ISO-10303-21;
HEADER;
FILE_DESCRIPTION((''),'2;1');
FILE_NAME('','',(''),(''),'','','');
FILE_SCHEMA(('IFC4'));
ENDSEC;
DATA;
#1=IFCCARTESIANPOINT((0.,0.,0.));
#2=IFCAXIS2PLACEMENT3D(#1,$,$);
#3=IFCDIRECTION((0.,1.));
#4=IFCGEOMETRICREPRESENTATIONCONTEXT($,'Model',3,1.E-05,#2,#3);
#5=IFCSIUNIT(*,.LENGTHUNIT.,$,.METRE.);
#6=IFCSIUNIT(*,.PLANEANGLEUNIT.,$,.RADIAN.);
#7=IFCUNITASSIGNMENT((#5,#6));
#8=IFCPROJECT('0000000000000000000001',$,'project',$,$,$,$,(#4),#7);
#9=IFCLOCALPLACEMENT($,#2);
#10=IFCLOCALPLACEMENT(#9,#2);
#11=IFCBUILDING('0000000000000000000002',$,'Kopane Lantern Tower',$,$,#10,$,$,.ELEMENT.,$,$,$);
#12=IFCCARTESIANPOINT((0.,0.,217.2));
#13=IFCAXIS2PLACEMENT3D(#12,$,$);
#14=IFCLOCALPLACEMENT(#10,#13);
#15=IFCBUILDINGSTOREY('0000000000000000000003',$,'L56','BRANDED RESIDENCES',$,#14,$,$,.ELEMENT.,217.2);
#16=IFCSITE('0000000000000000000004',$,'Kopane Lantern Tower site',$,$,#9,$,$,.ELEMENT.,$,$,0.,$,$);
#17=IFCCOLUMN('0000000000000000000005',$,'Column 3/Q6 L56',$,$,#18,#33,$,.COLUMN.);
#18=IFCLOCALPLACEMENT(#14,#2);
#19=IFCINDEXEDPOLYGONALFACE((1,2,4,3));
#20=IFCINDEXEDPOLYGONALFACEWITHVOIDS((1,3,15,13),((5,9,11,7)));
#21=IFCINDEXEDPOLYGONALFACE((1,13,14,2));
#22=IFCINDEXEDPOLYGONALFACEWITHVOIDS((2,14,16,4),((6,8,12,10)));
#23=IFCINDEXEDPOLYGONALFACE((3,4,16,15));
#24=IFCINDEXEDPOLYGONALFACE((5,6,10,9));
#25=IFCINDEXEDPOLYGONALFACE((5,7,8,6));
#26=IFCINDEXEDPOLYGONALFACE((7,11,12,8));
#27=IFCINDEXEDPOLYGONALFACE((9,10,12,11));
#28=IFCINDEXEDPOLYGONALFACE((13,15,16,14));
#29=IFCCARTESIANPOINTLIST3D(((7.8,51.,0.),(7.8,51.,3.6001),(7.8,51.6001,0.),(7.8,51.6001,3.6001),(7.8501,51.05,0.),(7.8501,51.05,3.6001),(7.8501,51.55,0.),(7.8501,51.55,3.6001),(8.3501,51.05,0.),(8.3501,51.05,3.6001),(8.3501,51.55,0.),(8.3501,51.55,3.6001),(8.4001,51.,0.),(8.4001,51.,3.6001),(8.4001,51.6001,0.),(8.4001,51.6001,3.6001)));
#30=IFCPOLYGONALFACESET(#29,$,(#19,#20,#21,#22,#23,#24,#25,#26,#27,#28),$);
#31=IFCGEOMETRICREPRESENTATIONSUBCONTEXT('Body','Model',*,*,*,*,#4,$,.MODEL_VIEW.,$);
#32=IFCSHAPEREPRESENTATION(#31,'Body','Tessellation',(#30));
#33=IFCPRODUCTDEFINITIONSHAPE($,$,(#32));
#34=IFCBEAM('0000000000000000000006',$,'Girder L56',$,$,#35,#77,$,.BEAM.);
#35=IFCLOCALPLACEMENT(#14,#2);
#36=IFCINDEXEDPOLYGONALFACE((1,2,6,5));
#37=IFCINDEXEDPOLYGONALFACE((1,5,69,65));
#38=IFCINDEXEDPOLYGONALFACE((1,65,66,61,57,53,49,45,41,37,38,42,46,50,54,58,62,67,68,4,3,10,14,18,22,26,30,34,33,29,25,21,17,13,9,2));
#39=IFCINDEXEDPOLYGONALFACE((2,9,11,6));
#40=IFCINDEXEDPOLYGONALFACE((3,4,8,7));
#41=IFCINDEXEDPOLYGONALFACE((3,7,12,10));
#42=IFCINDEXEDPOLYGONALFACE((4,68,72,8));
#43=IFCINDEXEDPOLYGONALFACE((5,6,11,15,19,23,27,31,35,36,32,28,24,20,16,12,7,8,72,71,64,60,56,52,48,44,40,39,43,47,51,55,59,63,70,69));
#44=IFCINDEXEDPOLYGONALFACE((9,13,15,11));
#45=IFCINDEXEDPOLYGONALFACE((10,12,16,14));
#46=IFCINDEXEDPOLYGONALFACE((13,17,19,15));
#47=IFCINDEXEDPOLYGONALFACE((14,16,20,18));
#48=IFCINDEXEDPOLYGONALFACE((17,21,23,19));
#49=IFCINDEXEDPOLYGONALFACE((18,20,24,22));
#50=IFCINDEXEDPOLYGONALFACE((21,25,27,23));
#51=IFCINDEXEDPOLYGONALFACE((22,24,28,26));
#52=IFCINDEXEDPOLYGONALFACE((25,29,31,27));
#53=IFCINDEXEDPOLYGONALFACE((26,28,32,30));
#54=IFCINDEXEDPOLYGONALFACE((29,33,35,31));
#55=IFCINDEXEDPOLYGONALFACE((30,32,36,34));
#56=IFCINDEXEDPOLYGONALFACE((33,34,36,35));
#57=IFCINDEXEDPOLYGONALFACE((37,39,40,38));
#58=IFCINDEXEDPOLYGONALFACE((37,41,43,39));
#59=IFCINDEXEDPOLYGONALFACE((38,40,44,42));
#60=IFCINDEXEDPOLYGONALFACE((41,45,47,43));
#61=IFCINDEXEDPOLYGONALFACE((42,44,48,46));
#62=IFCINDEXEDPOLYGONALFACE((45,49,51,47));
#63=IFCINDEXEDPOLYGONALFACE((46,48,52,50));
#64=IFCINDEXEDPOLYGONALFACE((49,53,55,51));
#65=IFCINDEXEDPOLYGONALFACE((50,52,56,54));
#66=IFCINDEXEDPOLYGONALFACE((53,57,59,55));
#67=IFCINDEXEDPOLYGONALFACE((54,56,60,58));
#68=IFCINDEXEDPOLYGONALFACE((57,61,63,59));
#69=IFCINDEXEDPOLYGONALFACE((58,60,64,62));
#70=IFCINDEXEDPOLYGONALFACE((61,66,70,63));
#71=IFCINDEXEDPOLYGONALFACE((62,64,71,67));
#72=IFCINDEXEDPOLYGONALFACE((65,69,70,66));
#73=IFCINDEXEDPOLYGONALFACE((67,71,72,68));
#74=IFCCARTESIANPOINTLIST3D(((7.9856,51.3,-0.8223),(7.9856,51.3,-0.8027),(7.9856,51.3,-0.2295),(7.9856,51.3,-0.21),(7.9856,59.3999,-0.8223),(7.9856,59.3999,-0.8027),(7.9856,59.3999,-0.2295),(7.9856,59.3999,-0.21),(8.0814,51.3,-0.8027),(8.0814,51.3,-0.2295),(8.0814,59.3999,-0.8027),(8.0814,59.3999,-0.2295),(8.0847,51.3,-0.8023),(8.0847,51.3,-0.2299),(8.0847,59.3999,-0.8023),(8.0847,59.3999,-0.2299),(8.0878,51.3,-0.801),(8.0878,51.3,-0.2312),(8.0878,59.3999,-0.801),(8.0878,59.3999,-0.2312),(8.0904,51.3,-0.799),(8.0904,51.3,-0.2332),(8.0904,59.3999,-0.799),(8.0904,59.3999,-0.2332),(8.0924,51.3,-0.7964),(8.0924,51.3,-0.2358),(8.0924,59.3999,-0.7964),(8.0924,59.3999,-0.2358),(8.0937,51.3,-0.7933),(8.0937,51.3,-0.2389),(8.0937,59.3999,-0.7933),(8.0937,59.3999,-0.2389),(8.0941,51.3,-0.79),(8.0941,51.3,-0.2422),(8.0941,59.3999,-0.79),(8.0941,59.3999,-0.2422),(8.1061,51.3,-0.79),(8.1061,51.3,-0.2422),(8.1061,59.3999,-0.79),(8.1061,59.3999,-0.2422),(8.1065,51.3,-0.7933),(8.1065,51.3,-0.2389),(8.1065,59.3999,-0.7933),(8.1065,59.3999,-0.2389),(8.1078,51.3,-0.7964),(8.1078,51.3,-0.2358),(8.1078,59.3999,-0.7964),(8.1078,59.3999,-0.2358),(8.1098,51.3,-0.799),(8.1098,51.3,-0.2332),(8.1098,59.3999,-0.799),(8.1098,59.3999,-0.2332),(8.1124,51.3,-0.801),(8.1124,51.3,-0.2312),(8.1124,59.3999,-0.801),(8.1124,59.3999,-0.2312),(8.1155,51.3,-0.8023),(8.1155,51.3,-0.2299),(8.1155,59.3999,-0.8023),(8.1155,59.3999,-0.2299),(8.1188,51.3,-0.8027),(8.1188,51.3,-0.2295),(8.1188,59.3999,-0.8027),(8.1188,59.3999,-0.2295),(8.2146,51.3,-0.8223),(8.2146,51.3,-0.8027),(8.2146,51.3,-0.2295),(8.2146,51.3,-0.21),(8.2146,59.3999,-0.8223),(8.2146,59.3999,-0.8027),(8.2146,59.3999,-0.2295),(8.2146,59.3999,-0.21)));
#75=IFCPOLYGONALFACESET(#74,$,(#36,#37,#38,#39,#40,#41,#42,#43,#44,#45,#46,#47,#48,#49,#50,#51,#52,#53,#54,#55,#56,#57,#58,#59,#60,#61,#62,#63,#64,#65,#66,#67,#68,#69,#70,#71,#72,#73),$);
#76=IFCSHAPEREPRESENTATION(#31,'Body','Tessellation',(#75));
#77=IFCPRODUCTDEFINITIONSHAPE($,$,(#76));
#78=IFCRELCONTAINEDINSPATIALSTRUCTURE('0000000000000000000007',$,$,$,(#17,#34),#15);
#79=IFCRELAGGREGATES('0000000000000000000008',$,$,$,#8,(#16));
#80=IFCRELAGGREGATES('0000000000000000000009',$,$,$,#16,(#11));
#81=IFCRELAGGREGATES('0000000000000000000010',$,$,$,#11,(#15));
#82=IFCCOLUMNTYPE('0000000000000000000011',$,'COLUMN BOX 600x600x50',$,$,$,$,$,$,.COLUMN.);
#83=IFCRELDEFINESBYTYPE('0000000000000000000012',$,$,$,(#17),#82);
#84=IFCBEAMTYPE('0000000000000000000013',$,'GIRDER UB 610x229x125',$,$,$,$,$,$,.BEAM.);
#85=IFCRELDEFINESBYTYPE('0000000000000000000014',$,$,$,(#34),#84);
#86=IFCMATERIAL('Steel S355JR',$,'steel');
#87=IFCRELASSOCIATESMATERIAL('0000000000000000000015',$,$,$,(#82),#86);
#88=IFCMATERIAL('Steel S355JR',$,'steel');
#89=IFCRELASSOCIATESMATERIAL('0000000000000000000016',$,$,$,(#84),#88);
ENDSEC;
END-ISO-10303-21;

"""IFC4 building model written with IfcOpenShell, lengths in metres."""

from ifc_helpers import new_model, si_unit, direction, frame, origin, origin_2d, place, context, subcontext, project, spatial, hollow_rectangle, i_section, extrude, material, material_profile, profile_set, type_object, element, save


model = new_model("IFC4")

# Units and contexts
model_context = context("Model", 3, precision=1e-05, world=origin(), true_north=direction((0.0, 1.0)))
body_context = subcontext(model_context, "Body", "Model", "MODEL_VIEW")
ifc_project = project(units=[si_unit("LENGTHUNIT", "METRE"), si_unit("PLANEANGLEUNIT", "RADIAN")], contexts=[model_context])

# Site, building, storey
site_placement = place(None, origin())
site = spatial("IfcSite", under=ifc_project, at=site_placement, Name="Kopane Lantern Tower site", CompositionType="ELEMENT", RefElevation=0.0)
building_placement = place(site_placement, origin())
building = spatial("IfcBuilding", under=site, at=building_placement, Name="Kopane Lantern Tower", CompositionType="ELEMENT")
storey_placement = place(building_placement, frame((0.0, 0.0, 217.2)))
storey = spatial("IfcBuildingStorey", under=building, at=storey_placement, Name="L56", Description="BRANDED RESIDENCES", CompositionType="ELEMENT", Elevation=217.2)

# Column
ifc_material_1 = material(Name="Steel S355JR", Category="steel")
ifc_material_profile_1 = material_profile(ifc_material_1, hollow_rectangle(XDim=0.6001, YDim=0.6001, WallThickness=0.05, at=origin_2d()), Name="BOX 600x600x50")
ifc_profile_set_1 = profile_set([ifc_material_profile_1], Name="Steel S355JR")
column_type = type_object("IfcColumnType", Name="COLUMN BOX 600x600x50", PredefinedType="COLUMN", material=ifc_profile_set_1)
column_placement = place(storey_placement, frame((8.1001, 51.3, 0.0), z_axis=(0.0, 0.0, 1.0), x_axis=(1.0, 0.0, 0.0)))
element("IfcColumn", 1, at=column_placement, inside=storey, type_object=column_type, Name="Column 3/Q6 L56", PredefinedType="COLUMN", context=body_context, shape_type="SweptSolid", body=[
    extrude(hollow_rectangle(XDim=0.6001, YDim=0.6001, WallThickness=0.05, at=origin_2d()), origin(), (0.0, 0.0, 1.0), 3.6001),
])

# Beam
ifc_material_2 = material(Name="Steel S355JR", Category="steel")
ifc_material_profile_2 = material_profile(ifc_material_2, i_section(OverallWidth=0.229, OverallDepth=0.6123, WebThickness=0.012, FlangeThickness=0.0195, FilletRadius=0.0127, at=origin_2d()), Name="UB 610x229x125")
ifc_profile_set_2 = profile_set([ifc_material_profile_2], Name="Steel S355JR")
beam_type = type_object("IfcBeamType", Name="GIRDER UB 610x229x125", PredefinedType="BEAM", material=ifc_profile_set_2)
beam_placement = place(storey_placement, frame((8.1001, 51.3, -0.5161), z_axis=(0.0, 1.0, 0.0), x_axis=(-1.0, 0.0, 0.0)))
element("IfcBeam", 2, at=beam_placement, inside=storey, type_object=beam_type, Name="Girder L56", PredefinedType="BEAM", context=body_context, shape_type="SweptSolid", body=[
    extrude(i_section(OverallWidth=0.229, OverallDepth=0.6123, WebThickness=0.012, FlangeThickness=0.0195, FilletRadius=0.0127, at=origin_2d()), origin(), (0.0, 0.0, 1.0), 8.0999),
])

save(model, "model.ifc")
